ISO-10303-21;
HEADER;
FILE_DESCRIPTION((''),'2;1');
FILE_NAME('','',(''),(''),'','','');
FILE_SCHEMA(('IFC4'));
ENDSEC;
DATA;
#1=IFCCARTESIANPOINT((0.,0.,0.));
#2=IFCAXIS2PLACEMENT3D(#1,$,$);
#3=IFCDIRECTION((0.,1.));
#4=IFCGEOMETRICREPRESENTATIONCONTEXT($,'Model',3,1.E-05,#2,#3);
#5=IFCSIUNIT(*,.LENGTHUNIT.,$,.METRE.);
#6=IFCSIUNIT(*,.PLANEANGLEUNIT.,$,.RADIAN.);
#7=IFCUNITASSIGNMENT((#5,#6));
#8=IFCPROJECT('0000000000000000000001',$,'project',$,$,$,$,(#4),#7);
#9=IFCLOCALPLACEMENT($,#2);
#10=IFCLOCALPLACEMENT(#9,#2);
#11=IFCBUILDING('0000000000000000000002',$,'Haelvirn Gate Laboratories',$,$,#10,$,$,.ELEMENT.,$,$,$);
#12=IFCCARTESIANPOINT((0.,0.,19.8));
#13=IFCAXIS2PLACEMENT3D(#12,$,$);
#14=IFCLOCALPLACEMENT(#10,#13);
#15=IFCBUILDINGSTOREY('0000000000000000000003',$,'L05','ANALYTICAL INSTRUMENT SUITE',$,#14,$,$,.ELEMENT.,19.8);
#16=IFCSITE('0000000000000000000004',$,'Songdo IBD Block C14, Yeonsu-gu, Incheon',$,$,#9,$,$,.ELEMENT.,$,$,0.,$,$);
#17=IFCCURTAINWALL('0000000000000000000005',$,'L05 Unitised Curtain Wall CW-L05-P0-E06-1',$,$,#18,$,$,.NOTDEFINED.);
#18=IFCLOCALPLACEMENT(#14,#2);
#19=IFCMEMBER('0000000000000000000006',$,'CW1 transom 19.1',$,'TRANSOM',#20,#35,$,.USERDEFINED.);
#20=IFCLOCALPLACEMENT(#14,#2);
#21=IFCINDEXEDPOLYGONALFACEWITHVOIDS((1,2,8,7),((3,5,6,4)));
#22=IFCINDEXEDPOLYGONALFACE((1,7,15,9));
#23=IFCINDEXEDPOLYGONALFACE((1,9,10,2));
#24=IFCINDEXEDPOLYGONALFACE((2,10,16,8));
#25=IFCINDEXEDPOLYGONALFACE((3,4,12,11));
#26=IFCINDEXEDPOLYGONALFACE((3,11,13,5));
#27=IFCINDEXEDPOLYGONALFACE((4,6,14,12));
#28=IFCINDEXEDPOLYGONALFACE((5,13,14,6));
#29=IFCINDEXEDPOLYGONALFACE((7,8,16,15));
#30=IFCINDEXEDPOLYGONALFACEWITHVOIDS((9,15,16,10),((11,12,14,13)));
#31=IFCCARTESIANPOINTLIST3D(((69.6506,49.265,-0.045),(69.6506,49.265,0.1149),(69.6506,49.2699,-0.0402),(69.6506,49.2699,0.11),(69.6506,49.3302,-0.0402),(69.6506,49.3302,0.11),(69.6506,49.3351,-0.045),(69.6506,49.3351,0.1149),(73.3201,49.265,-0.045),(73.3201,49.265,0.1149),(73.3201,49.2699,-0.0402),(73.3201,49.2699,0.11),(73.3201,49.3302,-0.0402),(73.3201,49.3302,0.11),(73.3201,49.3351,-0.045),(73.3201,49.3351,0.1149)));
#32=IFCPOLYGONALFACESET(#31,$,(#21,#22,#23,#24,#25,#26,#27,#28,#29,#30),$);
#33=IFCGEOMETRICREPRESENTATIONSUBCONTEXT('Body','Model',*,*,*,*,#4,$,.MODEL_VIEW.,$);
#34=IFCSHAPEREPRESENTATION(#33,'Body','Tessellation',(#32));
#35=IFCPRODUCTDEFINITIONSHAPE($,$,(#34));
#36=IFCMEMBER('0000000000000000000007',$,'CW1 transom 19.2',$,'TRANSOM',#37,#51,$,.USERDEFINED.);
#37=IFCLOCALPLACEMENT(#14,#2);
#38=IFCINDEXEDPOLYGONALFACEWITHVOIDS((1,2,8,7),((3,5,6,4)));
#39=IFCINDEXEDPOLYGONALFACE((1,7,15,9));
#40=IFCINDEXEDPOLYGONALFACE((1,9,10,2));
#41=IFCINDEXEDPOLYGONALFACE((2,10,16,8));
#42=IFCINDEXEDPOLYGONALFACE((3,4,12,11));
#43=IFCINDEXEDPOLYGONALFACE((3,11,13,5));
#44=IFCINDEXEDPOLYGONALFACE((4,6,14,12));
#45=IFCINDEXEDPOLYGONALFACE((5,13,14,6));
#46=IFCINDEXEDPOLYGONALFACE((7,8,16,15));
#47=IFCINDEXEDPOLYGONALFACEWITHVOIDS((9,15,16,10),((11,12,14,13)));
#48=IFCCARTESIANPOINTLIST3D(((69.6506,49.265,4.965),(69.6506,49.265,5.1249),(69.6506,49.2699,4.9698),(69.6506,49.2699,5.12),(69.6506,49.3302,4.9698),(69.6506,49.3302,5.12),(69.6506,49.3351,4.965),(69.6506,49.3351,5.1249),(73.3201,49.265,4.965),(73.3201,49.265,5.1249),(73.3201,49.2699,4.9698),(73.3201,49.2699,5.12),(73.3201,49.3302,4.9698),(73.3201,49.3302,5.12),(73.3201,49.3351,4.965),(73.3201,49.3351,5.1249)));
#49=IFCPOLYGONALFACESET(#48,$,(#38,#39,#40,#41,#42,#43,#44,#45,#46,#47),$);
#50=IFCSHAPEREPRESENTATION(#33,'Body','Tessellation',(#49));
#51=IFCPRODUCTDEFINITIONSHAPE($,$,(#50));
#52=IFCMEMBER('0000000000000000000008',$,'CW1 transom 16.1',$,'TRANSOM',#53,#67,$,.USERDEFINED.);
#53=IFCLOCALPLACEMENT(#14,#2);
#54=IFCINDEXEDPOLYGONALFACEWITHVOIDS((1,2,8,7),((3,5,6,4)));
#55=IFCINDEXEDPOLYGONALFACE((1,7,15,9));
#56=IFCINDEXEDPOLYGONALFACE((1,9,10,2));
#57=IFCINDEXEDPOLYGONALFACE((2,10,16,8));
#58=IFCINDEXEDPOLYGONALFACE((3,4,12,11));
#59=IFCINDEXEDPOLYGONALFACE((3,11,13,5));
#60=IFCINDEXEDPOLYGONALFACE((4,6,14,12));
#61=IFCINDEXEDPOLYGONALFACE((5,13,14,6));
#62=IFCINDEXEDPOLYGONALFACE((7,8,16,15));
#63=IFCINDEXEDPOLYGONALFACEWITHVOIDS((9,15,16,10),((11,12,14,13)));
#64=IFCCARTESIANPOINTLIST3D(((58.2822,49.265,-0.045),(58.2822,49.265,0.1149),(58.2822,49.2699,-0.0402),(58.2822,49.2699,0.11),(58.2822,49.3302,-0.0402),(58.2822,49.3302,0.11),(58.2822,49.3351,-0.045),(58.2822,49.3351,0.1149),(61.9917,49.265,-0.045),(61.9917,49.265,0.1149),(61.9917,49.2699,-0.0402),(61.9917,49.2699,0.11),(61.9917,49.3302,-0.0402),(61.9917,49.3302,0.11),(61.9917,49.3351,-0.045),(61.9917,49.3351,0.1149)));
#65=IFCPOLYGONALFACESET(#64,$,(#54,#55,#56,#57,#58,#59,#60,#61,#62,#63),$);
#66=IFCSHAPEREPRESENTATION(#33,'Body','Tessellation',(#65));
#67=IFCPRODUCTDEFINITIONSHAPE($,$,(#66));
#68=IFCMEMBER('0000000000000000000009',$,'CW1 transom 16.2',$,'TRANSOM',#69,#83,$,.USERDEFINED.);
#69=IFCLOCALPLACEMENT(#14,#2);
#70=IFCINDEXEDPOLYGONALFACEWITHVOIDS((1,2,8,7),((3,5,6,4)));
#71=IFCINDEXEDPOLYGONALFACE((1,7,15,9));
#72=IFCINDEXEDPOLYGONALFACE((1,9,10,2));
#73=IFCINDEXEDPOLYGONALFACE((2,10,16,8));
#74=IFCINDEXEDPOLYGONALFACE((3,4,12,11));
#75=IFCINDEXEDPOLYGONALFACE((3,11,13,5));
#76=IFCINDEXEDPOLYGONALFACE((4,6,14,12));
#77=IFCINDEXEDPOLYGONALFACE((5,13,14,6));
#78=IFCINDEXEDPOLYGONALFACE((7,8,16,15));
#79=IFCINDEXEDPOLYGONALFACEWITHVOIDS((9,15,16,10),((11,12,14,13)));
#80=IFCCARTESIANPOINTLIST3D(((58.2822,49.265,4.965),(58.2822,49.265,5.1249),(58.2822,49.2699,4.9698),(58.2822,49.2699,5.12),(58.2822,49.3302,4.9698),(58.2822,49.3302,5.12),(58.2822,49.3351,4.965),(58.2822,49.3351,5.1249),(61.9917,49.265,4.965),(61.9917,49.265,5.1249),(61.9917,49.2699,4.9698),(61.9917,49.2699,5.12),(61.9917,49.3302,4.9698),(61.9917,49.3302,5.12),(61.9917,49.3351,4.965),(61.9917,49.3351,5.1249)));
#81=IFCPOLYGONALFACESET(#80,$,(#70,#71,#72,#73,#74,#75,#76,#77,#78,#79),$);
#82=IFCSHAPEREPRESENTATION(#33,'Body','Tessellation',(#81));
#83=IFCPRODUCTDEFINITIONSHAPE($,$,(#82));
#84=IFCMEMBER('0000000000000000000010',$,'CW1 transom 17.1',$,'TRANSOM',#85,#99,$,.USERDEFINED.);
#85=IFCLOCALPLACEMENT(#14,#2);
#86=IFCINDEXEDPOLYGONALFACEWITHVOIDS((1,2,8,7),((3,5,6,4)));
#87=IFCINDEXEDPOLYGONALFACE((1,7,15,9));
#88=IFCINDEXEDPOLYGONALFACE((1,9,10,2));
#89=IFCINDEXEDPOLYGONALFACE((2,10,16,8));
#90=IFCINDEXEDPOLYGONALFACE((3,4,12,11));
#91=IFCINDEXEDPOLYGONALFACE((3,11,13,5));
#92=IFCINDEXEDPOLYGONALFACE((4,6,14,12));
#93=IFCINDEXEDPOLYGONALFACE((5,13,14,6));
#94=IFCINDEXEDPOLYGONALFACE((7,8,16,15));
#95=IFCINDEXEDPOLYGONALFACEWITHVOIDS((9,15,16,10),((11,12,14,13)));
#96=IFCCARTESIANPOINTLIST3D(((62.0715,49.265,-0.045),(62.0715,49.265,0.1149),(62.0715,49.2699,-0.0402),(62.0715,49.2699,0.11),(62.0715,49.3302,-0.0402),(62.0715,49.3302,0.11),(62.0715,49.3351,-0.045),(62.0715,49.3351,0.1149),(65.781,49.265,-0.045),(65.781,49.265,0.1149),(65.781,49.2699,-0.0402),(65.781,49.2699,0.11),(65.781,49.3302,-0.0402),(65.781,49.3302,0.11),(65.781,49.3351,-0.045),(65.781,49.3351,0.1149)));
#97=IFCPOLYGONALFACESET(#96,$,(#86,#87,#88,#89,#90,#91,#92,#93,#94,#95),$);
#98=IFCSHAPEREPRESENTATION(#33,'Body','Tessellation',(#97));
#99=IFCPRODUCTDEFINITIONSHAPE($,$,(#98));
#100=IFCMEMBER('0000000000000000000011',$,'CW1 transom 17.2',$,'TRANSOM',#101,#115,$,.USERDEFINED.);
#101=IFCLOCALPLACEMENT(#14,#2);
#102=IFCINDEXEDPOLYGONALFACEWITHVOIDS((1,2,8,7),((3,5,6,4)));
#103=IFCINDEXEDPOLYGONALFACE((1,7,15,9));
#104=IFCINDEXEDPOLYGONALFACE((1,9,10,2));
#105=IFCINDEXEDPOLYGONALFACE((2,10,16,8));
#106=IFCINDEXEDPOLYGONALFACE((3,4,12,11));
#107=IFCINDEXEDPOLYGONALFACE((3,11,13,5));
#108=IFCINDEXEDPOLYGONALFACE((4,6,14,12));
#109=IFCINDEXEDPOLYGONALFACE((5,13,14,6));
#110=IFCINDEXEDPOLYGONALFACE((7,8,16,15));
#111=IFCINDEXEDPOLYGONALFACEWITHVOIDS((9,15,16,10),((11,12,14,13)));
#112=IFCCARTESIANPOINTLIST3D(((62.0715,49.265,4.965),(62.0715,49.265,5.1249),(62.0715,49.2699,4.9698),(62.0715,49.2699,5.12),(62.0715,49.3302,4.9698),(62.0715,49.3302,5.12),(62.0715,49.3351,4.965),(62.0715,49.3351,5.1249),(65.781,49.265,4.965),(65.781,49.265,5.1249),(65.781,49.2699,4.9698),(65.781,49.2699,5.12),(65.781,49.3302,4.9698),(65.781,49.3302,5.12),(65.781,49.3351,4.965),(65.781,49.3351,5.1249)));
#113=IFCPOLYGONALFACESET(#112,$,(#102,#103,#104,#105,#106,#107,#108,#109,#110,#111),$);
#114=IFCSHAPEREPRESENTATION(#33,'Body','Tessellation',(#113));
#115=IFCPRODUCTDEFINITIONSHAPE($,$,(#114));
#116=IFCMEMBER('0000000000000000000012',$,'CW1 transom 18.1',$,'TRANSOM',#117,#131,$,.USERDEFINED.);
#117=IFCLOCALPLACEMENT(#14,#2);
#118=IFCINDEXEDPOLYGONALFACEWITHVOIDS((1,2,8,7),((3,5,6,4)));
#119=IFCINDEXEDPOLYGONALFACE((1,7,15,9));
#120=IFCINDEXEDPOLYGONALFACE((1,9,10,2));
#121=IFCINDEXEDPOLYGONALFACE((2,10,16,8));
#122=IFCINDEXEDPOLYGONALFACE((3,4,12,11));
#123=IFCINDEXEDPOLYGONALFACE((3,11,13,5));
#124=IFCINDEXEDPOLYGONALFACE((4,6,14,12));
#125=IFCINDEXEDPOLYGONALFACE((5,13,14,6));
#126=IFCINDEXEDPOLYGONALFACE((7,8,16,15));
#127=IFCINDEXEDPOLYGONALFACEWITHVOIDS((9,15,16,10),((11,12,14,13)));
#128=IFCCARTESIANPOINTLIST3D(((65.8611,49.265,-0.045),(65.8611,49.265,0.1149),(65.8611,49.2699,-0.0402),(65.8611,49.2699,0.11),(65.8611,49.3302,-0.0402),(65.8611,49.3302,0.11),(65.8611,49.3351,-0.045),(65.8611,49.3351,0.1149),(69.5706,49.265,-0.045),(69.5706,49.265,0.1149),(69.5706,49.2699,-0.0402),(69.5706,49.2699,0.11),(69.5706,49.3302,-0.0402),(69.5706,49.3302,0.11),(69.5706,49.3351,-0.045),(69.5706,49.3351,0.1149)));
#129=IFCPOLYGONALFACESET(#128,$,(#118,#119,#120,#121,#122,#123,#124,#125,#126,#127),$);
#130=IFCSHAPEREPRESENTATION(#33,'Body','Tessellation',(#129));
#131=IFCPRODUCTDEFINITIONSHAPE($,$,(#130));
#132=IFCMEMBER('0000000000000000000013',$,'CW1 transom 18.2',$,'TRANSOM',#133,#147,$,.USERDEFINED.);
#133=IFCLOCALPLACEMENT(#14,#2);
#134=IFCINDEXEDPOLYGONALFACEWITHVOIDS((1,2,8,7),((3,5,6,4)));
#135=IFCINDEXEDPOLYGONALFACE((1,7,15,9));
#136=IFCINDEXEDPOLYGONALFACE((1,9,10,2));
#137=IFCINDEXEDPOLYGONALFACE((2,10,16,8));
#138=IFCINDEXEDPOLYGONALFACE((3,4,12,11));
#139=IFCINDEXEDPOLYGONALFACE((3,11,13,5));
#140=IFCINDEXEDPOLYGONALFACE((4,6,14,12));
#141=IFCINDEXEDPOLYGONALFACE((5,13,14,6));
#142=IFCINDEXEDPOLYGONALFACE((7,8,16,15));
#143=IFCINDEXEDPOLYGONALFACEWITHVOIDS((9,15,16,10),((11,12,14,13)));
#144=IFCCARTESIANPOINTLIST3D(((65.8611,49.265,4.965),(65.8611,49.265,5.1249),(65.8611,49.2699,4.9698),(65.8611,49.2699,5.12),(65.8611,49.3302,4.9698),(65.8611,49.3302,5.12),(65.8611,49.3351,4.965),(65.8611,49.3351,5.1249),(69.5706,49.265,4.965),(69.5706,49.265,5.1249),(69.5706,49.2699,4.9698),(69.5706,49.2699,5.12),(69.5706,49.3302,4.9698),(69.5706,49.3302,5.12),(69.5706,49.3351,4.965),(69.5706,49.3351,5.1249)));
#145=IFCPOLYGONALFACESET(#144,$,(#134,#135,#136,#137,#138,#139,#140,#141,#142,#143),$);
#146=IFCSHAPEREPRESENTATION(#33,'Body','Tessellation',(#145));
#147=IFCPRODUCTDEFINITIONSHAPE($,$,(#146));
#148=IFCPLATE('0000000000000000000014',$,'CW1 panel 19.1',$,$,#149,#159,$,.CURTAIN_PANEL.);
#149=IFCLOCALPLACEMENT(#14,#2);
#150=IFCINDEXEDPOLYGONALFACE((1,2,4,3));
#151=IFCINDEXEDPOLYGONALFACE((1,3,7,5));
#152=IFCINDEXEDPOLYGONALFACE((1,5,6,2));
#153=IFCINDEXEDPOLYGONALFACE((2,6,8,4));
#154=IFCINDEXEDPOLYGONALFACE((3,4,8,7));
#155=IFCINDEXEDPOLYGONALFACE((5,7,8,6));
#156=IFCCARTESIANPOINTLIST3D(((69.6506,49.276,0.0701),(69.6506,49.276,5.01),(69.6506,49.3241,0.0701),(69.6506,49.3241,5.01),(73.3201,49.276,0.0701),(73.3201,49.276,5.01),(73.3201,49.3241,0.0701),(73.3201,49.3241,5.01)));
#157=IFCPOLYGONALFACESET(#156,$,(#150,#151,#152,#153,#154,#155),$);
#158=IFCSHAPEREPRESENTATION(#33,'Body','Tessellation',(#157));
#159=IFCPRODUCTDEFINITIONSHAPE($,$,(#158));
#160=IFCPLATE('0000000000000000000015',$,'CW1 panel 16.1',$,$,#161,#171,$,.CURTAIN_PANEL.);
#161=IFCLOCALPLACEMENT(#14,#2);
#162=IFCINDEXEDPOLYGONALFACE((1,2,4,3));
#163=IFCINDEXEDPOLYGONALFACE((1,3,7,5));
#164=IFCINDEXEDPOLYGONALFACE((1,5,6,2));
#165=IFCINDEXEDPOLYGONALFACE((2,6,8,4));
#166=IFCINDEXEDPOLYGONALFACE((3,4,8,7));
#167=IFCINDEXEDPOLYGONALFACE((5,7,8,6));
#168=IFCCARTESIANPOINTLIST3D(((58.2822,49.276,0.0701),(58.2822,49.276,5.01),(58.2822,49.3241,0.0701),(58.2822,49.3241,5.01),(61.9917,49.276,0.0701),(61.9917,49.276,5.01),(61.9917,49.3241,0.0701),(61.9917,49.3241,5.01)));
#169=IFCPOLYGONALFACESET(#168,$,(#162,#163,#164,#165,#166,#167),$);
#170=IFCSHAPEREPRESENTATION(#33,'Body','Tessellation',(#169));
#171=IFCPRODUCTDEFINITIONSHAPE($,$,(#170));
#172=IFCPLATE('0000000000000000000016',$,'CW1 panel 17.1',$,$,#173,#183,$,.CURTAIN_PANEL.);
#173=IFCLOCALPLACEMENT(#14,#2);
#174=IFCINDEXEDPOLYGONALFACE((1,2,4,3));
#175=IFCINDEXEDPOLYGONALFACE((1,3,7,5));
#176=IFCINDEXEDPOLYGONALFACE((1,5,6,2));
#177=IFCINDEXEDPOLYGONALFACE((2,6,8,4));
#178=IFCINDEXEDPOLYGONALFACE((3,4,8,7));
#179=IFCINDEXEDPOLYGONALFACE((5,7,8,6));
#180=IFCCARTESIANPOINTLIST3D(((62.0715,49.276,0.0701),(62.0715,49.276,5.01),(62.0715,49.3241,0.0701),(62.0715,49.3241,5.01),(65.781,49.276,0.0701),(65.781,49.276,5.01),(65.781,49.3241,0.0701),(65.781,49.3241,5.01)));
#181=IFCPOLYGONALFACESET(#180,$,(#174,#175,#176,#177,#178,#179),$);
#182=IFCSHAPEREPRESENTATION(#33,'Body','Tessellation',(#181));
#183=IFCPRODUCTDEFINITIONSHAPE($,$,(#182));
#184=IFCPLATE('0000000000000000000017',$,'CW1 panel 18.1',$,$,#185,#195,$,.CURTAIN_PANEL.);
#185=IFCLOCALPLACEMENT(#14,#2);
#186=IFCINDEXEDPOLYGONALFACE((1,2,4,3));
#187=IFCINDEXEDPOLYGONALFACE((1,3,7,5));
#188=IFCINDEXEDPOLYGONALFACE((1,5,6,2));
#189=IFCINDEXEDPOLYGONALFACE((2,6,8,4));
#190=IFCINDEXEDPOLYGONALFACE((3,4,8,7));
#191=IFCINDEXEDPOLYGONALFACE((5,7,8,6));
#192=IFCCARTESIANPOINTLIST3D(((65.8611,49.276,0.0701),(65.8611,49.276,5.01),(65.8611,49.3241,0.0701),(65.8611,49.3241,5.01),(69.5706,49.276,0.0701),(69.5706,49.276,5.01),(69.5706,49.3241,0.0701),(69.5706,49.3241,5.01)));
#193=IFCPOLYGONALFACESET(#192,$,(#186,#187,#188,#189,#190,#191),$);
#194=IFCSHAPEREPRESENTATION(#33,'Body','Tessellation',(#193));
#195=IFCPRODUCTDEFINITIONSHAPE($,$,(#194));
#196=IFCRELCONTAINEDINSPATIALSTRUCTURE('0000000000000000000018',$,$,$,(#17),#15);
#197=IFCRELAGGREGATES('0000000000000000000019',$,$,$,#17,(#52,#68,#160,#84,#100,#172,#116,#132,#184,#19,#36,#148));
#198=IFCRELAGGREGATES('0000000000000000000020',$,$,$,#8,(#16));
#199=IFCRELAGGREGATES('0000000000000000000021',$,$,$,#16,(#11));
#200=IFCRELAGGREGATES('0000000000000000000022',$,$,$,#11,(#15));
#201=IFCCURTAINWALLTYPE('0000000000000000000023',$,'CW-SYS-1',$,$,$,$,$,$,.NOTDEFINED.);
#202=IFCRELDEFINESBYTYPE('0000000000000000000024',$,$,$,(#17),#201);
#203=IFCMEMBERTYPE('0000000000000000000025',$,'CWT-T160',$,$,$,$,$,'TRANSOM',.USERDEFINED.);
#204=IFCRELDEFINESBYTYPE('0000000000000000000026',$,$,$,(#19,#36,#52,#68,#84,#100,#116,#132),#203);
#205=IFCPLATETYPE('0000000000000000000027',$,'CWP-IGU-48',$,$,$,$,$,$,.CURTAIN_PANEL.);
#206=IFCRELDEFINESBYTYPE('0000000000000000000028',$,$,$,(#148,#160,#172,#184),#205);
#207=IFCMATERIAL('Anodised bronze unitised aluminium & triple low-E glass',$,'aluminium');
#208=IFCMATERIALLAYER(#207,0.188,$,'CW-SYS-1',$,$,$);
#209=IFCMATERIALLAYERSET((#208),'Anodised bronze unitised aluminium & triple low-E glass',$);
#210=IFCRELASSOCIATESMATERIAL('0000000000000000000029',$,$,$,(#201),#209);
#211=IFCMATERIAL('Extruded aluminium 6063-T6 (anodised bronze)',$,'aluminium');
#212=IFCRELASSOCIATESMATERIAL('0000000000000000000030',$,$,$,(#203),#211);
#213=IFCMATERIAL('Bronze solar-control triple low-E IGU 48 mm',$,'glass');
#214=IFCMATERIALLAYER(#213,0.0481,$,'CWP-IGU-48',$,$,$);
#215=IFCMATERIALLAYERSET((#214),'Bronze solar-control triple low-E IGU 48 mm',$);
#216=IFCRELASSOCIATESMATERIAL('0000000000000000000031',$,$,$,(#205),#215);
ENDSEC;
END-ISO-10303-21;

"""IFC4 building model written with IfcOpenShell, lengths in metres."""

from ifc_helpers import new_model, si_unit, direction, frame, origin, origin_2d, place, context, subcontext, project, spatial, rectangle, hollow_rectangle, extrude, source, transform, mapped, material, layer, layer_set, material_profile, profile_set, type_object, element, aggregate, save


model = new_model("IFC4")

# Units and contexts
model_context = context("Model", 3, precision=1e-05, world=origin(), true_north=direction((0.0, 1.0)))
body_context = subcontext(model_context, "Body", "Model", "MODEL_VIEW")
ifc_project = project(units=[si_unit("LENGTHUNIT", "METRE"), si_unit("PLANEANGLEUNIT", "RADIAN")], contexts=[model_context])

# Site, building, storey
site_placement = place(None, origin())
site = spatial("IfcSite", under=ifc_project, at=site_placement, Name="Songdo IBD Block C14, Yeonsu-gu, Incheon", CompositionType="ELEMENT", RefElevation=0.0)
building_placement = place(site_placement, origin())
building = spatial("IfcBuilding", under=site, at=building_placement, Name="Haelvirn Gate Laboratories", CompositionType="ELEMENT")
storey_placement = place(building_placement, frame((0.0, 0.0, 19.8)))
storey = spatial("IfcBuildingStorey", under=building, at=storey_placement, Name="L05", Description="ANALYTICAL INSTRUMENT SUITE", CompositionType="ELEMENT", Elevation=19.8)

# Shared definitions
ifc_material_1 = material(Name="Anodised bronze unitised aluminium & triple low-E glass", Category="aluminium")
ifc_material_2 = material(Name="Extruded aluminium 6063-T6 (anodised bronze)", Category="aluminium")
ifc_layer_1 = layer(ifc_material_1, 0.188, Name="CW-SYS-1")
ifc_layer_set_1 = layer_set([ifc_layer_1], Name="Anodised bronze unitised aluminium & triple low-E glass")
curtain_wall_type_1 = type_object("IfcCurtainWallType", Name="CW-SYS-1", PredefinedType="NOTDEFINED", material=ifc_layer_set_1)
ifc_material_profile_1 = material_profile(ifc_material_2, hollow_rectangle(XDim=0.0701, YDim=0.1599, WallThickness=0.0049, at=origin_2d()), Name="CWT-160x70x5")
ifc_profile_set_1 = profile_set([ifc_material_profile_1], Name="Extruded aluminium 6063-T6 (anodised bronze)")
member_type_1 = type_object("IfcMemberType", Name="CWT-T160", ElementType="TRANSOM", PredefinedType="USERDEFINED", material=ifc_profile_set_1)

# Curtain wall, members, plates
curtain_wall_1_placement = place(storey_placement, origin())
curtain_wall_1 = element("IfcCurtainWall", 1, at=curtain_wall_1_placement, inside=storey, type_object=curtain_wall_type_1, Name="L05 Unitised Curtain Wall CW-L05-P0-E06-1", PredefinedType="NOTDEFINED")
shared_shape_1 = source(origin(), body_context, "Body", "SweptSolid", [
    extrude(hollow_rectangle(XDim=0.0701, YDim=0.1599, WallThickness=0.0049, at=origin_2d()), origin(), (0.0, 0.0, 1.0), 3.6694),
])
member_1_placement = place(storey_placement, frame((69.6506, 49.3, 0.0349), z_axis=(1.0, 0.0, 0.0), x_axis=(0.0, 1.0, 0.0)))
member_1 = element("IfcMember", 2, at=member_1_placement, type_object=member_type_1, Name="CW1 transom 19.1", ObjectType="TRANSOM", PredefinedType="USERDEFINED", context=body_context, shape_type="MappedRepresentation", body=[
    mapped(shared_shape_1, transform((0.0, 0.0, 0.0), scale=1.0)),
])
member_2_placement = place(storey_placement, frame((69.6506, 49.3, 5.0449), z_axis=(1.0, 0.0, 0.0), x_axis=(0.0, 1.0, 0.0)))
member_2 = element("IfcMember", 3, at=member_2_placement, type_object=member_type_1, Name="CW1 transom 19.2", ObjectType="TRANSOM", PredefinedType="USERDEFINED", context=body_context, shape_type="MappedRepresentation", body=[
    mapped(shared_shape_1, transform((0.0, 0.0, 0.0), scale=1.0)),
])
shared_shape_2 = source(origin(), body_context, "Body", "SweptSolid", [
    extrude(hollow_rectangle(XDim=0.0701, YDim=0.1599, WallThickness=0.0049, at=origin_2d()), origin(), (0.0, 0.0, 1.0), 3.7095),
])
member_3_placement = place(storey_placement, frame((58.2822, 49.3, 0.0349), z_axis=(1.0, 0.0, 0.0), x_axis=(0.0, 1.0, 0.0)))
member_3 = element("IfcMember", 4, at=member_3_placement, type_object=member_type_1, Name="CW1 transom 16.1", ObjectType="TRANSOM", PredefinedType="USERDEFINED", context=body_context, shape_type="MappedRepresentation", body=[
    mapped(shared_shape_2, transform((0.0, 0.0, 0.0), scale=1.0)),
])
member_4_placement = place(storey_placement, frame((58.2822, 49.3, 5.0449), z_axis=(1.0, 0.0, 0.0), x_axis=(0.0, 1.0, 0.0)))
member_4 = element("IfcMember", 5, at=member_4_placement, type_object=member_type_1, Name="CW1 transom 16.2", ObjectType="TRANSOM", PredefinedType="USERDEFINED", context=body_context, shape_type="MappedRepresentation", body=[
    mapped(shared_shape_2, transform((0.0, 0.0, 0.0), scale=1.0)),
])
member_5_placement = place(storey_placement, frame((62.0715, 49.3, 0.0349), z_axis=(1.0, 0.0, 0.0), x_axis=(0.0, 1.0, 0.0)))
member_5 = element("IfcMember", 6, at=member_5_placement, type_object=member_type_1, Name="CW1 transom 17.1", ObjectType="TRANSOM", PredefinedType="USERDEFINED", context=body_context, shape_type="MappedRepresentation", body=[
    mapped(shared_shape_2, transform((0.0, 0.0, 0.0), scale=1.0)),
])
member_6_placement = place(storey_placement, frame((62.0715, 49.3, 5.0449), z_axis=(1.0, 0.0, 0.0), x_axis=(0.0, 1.0, 0.0)))
member_6 = element("IfcMember", 7, at=member_6_placement, type_object=member_type_1, Name="CW1 transom 17.2", ObjectType="TRANSOM", PredefinedType="USERDEFINED", context=body_context, shape_type="MappedRepresentation", body=[
    mapped(shared_shape_2, transform((0.0, 0.0, 0.0), scale=1.0)),
])
member_7_placement = place(storey_placement, frame((65.8611, 49.3, 0.0349), z_axis=(1.0, 0.0, 0.0), x_axis=(0.0, 1.0, 0.0)))
member_7 = element("IfcMember", 8, at=member_7_placement, type_object=member_type_1, Name="CW1 transom 18.1", ObjectType="TRANSOM", PredefinedType="USERDEFINED", context=body_context, shape_type="MappedRepresentation", body=[
    mapped(shared_shape_2, transform((0.0, 0.0, 0.0), scale=1.0)),
])
member_8_placement = place(storey_placement, frame((65.8611, 49.3, 5.0449), z_axis=(1.0, 0.0, 0.0), x_axis=(0.0, 1.0, 0.0)))
member_8 = element("IfcMember", 9, at=member_8_placement, type_object=member_type_1, Name="CW1 transom 18.2", ObjectType="TRANSOM", PredefinedType="USERDEFINED", context=body_context, shape_type="MappedRepresentation", body=[
    mapped(shared_shape_2, transform((0.0, 0.0, 0.0), scale=1.0)),
])
ifc_material_3 = material(Name="Bronze solar-control triple low-E IGU 48 mm", Category="glass")
ifc_layer_2 = layer(ifc_material_3, 0.0481, Name="CWP-IGU-48")
ifc_layer_set_2 = layer_set([ifc_layer_2], Name="Bronze solar-control triple low-E IGU 48 mm")
plate_type_1 = type_object("IfcPlateType", Name="CWP-IGU-48", PredefinedType="CURTAIN_PANEL", material=ifc_layer_set_2)
shared_shape_3 = source(origin(), body_context, "Body", "SweptSolid", [
    extrude(rectangle(XDim=3.6694, YDim=0.0481, at=origin_2d()), origin(), (0.0, 0.0, 1.0), 4.9399),
])
plate_1_placement = place(storey_placement, frame((71.4854, 49.3, 0.0701), z_axis=(0.0, 0.0, 1.0), x_axis=(1.0, 0.0, 0.0)))
plate_1 = element("IfcPlate", 10, at=plate_1_placement, type_object=plate_type_1, Name="CW1 panel 19.1", PredefinedType="CURTAIN_PANEL", context=body_context, shape_type="MappedRepresentation", body=[
    mapped(shared_shape_3, transform((0.0, 0.0, 0.0), scale=1.0)),
])
shared_shape_4 = source(origin(), body_context, "Body", "SweptSolid", [
    extrude(rectangle(XDim=3.7095, YDim=0.0481, at=origin_2d()), origin(), (0.0, 0.0, 1.0), 4.9399),
])
plate_2_placement = place(storey_placement, frame((60.137, 49.3, 0.0701), z_axis=(0.0, 0.0, 1.0), x_axis=(1.0, 0.0, 0.0)))
plate_2 = element("IfcPlate", 11, at=plate_2_placement, type_object=plate_type_1, Name="CW1 panel 16.1", PredefinedType="CURTAIN_PANEL", context=body_context, shape_type="MappedRepresentation", body=[
    mapped(shared_shape_4, transform((0.0, 0.0, 0.0), scale=1.0)),
])
plate_3_placement = place(storey_placement, frame((63.9263, 49.3, 0.0701), z_axis=(0.0, 0.0, 1.0), x_axis=(1.0, 0.0, 0.0)))
plate_3 = element("IfcPlate", 12, at=plate_3_placement, type_object=plate_type_1, Name="CW1 panel 17.1", PredefinedType="CURTAIN_PANEL", context=body_context, shape_type="MappedRepresentation", body=[
    mapped(shared_shape_4, transform((0.0, 0.0, 0.0), scale=1.0)),
])
plate_4_placement = place(storey_placement, frame((67.7158, 49.3, 0.0701), z_axis=(0.0, 0.0, 1.0), x_axis=(1.0, 0.0, 0.0)))
plate_4 = element("IfcPlate", 13, at=plate_4_placement, type_object=plate_type_1, Name="CW1 panel 18.1", PredefinedType="CURTAIN_PANEL", context=body_context, shape_type="MappedRepresentation", body=[
    mapped(shared_shape_4, transform((0.0, 0.0, 0.0), scale=1.0)),
])
aggregate(curtain_wall_1, [member_3, member_4, plate_2, member_5, member_6, plate_3, member_7, member_8, plate_4, member_1, member_2, plate_1])

save(model, "model.ifc")
